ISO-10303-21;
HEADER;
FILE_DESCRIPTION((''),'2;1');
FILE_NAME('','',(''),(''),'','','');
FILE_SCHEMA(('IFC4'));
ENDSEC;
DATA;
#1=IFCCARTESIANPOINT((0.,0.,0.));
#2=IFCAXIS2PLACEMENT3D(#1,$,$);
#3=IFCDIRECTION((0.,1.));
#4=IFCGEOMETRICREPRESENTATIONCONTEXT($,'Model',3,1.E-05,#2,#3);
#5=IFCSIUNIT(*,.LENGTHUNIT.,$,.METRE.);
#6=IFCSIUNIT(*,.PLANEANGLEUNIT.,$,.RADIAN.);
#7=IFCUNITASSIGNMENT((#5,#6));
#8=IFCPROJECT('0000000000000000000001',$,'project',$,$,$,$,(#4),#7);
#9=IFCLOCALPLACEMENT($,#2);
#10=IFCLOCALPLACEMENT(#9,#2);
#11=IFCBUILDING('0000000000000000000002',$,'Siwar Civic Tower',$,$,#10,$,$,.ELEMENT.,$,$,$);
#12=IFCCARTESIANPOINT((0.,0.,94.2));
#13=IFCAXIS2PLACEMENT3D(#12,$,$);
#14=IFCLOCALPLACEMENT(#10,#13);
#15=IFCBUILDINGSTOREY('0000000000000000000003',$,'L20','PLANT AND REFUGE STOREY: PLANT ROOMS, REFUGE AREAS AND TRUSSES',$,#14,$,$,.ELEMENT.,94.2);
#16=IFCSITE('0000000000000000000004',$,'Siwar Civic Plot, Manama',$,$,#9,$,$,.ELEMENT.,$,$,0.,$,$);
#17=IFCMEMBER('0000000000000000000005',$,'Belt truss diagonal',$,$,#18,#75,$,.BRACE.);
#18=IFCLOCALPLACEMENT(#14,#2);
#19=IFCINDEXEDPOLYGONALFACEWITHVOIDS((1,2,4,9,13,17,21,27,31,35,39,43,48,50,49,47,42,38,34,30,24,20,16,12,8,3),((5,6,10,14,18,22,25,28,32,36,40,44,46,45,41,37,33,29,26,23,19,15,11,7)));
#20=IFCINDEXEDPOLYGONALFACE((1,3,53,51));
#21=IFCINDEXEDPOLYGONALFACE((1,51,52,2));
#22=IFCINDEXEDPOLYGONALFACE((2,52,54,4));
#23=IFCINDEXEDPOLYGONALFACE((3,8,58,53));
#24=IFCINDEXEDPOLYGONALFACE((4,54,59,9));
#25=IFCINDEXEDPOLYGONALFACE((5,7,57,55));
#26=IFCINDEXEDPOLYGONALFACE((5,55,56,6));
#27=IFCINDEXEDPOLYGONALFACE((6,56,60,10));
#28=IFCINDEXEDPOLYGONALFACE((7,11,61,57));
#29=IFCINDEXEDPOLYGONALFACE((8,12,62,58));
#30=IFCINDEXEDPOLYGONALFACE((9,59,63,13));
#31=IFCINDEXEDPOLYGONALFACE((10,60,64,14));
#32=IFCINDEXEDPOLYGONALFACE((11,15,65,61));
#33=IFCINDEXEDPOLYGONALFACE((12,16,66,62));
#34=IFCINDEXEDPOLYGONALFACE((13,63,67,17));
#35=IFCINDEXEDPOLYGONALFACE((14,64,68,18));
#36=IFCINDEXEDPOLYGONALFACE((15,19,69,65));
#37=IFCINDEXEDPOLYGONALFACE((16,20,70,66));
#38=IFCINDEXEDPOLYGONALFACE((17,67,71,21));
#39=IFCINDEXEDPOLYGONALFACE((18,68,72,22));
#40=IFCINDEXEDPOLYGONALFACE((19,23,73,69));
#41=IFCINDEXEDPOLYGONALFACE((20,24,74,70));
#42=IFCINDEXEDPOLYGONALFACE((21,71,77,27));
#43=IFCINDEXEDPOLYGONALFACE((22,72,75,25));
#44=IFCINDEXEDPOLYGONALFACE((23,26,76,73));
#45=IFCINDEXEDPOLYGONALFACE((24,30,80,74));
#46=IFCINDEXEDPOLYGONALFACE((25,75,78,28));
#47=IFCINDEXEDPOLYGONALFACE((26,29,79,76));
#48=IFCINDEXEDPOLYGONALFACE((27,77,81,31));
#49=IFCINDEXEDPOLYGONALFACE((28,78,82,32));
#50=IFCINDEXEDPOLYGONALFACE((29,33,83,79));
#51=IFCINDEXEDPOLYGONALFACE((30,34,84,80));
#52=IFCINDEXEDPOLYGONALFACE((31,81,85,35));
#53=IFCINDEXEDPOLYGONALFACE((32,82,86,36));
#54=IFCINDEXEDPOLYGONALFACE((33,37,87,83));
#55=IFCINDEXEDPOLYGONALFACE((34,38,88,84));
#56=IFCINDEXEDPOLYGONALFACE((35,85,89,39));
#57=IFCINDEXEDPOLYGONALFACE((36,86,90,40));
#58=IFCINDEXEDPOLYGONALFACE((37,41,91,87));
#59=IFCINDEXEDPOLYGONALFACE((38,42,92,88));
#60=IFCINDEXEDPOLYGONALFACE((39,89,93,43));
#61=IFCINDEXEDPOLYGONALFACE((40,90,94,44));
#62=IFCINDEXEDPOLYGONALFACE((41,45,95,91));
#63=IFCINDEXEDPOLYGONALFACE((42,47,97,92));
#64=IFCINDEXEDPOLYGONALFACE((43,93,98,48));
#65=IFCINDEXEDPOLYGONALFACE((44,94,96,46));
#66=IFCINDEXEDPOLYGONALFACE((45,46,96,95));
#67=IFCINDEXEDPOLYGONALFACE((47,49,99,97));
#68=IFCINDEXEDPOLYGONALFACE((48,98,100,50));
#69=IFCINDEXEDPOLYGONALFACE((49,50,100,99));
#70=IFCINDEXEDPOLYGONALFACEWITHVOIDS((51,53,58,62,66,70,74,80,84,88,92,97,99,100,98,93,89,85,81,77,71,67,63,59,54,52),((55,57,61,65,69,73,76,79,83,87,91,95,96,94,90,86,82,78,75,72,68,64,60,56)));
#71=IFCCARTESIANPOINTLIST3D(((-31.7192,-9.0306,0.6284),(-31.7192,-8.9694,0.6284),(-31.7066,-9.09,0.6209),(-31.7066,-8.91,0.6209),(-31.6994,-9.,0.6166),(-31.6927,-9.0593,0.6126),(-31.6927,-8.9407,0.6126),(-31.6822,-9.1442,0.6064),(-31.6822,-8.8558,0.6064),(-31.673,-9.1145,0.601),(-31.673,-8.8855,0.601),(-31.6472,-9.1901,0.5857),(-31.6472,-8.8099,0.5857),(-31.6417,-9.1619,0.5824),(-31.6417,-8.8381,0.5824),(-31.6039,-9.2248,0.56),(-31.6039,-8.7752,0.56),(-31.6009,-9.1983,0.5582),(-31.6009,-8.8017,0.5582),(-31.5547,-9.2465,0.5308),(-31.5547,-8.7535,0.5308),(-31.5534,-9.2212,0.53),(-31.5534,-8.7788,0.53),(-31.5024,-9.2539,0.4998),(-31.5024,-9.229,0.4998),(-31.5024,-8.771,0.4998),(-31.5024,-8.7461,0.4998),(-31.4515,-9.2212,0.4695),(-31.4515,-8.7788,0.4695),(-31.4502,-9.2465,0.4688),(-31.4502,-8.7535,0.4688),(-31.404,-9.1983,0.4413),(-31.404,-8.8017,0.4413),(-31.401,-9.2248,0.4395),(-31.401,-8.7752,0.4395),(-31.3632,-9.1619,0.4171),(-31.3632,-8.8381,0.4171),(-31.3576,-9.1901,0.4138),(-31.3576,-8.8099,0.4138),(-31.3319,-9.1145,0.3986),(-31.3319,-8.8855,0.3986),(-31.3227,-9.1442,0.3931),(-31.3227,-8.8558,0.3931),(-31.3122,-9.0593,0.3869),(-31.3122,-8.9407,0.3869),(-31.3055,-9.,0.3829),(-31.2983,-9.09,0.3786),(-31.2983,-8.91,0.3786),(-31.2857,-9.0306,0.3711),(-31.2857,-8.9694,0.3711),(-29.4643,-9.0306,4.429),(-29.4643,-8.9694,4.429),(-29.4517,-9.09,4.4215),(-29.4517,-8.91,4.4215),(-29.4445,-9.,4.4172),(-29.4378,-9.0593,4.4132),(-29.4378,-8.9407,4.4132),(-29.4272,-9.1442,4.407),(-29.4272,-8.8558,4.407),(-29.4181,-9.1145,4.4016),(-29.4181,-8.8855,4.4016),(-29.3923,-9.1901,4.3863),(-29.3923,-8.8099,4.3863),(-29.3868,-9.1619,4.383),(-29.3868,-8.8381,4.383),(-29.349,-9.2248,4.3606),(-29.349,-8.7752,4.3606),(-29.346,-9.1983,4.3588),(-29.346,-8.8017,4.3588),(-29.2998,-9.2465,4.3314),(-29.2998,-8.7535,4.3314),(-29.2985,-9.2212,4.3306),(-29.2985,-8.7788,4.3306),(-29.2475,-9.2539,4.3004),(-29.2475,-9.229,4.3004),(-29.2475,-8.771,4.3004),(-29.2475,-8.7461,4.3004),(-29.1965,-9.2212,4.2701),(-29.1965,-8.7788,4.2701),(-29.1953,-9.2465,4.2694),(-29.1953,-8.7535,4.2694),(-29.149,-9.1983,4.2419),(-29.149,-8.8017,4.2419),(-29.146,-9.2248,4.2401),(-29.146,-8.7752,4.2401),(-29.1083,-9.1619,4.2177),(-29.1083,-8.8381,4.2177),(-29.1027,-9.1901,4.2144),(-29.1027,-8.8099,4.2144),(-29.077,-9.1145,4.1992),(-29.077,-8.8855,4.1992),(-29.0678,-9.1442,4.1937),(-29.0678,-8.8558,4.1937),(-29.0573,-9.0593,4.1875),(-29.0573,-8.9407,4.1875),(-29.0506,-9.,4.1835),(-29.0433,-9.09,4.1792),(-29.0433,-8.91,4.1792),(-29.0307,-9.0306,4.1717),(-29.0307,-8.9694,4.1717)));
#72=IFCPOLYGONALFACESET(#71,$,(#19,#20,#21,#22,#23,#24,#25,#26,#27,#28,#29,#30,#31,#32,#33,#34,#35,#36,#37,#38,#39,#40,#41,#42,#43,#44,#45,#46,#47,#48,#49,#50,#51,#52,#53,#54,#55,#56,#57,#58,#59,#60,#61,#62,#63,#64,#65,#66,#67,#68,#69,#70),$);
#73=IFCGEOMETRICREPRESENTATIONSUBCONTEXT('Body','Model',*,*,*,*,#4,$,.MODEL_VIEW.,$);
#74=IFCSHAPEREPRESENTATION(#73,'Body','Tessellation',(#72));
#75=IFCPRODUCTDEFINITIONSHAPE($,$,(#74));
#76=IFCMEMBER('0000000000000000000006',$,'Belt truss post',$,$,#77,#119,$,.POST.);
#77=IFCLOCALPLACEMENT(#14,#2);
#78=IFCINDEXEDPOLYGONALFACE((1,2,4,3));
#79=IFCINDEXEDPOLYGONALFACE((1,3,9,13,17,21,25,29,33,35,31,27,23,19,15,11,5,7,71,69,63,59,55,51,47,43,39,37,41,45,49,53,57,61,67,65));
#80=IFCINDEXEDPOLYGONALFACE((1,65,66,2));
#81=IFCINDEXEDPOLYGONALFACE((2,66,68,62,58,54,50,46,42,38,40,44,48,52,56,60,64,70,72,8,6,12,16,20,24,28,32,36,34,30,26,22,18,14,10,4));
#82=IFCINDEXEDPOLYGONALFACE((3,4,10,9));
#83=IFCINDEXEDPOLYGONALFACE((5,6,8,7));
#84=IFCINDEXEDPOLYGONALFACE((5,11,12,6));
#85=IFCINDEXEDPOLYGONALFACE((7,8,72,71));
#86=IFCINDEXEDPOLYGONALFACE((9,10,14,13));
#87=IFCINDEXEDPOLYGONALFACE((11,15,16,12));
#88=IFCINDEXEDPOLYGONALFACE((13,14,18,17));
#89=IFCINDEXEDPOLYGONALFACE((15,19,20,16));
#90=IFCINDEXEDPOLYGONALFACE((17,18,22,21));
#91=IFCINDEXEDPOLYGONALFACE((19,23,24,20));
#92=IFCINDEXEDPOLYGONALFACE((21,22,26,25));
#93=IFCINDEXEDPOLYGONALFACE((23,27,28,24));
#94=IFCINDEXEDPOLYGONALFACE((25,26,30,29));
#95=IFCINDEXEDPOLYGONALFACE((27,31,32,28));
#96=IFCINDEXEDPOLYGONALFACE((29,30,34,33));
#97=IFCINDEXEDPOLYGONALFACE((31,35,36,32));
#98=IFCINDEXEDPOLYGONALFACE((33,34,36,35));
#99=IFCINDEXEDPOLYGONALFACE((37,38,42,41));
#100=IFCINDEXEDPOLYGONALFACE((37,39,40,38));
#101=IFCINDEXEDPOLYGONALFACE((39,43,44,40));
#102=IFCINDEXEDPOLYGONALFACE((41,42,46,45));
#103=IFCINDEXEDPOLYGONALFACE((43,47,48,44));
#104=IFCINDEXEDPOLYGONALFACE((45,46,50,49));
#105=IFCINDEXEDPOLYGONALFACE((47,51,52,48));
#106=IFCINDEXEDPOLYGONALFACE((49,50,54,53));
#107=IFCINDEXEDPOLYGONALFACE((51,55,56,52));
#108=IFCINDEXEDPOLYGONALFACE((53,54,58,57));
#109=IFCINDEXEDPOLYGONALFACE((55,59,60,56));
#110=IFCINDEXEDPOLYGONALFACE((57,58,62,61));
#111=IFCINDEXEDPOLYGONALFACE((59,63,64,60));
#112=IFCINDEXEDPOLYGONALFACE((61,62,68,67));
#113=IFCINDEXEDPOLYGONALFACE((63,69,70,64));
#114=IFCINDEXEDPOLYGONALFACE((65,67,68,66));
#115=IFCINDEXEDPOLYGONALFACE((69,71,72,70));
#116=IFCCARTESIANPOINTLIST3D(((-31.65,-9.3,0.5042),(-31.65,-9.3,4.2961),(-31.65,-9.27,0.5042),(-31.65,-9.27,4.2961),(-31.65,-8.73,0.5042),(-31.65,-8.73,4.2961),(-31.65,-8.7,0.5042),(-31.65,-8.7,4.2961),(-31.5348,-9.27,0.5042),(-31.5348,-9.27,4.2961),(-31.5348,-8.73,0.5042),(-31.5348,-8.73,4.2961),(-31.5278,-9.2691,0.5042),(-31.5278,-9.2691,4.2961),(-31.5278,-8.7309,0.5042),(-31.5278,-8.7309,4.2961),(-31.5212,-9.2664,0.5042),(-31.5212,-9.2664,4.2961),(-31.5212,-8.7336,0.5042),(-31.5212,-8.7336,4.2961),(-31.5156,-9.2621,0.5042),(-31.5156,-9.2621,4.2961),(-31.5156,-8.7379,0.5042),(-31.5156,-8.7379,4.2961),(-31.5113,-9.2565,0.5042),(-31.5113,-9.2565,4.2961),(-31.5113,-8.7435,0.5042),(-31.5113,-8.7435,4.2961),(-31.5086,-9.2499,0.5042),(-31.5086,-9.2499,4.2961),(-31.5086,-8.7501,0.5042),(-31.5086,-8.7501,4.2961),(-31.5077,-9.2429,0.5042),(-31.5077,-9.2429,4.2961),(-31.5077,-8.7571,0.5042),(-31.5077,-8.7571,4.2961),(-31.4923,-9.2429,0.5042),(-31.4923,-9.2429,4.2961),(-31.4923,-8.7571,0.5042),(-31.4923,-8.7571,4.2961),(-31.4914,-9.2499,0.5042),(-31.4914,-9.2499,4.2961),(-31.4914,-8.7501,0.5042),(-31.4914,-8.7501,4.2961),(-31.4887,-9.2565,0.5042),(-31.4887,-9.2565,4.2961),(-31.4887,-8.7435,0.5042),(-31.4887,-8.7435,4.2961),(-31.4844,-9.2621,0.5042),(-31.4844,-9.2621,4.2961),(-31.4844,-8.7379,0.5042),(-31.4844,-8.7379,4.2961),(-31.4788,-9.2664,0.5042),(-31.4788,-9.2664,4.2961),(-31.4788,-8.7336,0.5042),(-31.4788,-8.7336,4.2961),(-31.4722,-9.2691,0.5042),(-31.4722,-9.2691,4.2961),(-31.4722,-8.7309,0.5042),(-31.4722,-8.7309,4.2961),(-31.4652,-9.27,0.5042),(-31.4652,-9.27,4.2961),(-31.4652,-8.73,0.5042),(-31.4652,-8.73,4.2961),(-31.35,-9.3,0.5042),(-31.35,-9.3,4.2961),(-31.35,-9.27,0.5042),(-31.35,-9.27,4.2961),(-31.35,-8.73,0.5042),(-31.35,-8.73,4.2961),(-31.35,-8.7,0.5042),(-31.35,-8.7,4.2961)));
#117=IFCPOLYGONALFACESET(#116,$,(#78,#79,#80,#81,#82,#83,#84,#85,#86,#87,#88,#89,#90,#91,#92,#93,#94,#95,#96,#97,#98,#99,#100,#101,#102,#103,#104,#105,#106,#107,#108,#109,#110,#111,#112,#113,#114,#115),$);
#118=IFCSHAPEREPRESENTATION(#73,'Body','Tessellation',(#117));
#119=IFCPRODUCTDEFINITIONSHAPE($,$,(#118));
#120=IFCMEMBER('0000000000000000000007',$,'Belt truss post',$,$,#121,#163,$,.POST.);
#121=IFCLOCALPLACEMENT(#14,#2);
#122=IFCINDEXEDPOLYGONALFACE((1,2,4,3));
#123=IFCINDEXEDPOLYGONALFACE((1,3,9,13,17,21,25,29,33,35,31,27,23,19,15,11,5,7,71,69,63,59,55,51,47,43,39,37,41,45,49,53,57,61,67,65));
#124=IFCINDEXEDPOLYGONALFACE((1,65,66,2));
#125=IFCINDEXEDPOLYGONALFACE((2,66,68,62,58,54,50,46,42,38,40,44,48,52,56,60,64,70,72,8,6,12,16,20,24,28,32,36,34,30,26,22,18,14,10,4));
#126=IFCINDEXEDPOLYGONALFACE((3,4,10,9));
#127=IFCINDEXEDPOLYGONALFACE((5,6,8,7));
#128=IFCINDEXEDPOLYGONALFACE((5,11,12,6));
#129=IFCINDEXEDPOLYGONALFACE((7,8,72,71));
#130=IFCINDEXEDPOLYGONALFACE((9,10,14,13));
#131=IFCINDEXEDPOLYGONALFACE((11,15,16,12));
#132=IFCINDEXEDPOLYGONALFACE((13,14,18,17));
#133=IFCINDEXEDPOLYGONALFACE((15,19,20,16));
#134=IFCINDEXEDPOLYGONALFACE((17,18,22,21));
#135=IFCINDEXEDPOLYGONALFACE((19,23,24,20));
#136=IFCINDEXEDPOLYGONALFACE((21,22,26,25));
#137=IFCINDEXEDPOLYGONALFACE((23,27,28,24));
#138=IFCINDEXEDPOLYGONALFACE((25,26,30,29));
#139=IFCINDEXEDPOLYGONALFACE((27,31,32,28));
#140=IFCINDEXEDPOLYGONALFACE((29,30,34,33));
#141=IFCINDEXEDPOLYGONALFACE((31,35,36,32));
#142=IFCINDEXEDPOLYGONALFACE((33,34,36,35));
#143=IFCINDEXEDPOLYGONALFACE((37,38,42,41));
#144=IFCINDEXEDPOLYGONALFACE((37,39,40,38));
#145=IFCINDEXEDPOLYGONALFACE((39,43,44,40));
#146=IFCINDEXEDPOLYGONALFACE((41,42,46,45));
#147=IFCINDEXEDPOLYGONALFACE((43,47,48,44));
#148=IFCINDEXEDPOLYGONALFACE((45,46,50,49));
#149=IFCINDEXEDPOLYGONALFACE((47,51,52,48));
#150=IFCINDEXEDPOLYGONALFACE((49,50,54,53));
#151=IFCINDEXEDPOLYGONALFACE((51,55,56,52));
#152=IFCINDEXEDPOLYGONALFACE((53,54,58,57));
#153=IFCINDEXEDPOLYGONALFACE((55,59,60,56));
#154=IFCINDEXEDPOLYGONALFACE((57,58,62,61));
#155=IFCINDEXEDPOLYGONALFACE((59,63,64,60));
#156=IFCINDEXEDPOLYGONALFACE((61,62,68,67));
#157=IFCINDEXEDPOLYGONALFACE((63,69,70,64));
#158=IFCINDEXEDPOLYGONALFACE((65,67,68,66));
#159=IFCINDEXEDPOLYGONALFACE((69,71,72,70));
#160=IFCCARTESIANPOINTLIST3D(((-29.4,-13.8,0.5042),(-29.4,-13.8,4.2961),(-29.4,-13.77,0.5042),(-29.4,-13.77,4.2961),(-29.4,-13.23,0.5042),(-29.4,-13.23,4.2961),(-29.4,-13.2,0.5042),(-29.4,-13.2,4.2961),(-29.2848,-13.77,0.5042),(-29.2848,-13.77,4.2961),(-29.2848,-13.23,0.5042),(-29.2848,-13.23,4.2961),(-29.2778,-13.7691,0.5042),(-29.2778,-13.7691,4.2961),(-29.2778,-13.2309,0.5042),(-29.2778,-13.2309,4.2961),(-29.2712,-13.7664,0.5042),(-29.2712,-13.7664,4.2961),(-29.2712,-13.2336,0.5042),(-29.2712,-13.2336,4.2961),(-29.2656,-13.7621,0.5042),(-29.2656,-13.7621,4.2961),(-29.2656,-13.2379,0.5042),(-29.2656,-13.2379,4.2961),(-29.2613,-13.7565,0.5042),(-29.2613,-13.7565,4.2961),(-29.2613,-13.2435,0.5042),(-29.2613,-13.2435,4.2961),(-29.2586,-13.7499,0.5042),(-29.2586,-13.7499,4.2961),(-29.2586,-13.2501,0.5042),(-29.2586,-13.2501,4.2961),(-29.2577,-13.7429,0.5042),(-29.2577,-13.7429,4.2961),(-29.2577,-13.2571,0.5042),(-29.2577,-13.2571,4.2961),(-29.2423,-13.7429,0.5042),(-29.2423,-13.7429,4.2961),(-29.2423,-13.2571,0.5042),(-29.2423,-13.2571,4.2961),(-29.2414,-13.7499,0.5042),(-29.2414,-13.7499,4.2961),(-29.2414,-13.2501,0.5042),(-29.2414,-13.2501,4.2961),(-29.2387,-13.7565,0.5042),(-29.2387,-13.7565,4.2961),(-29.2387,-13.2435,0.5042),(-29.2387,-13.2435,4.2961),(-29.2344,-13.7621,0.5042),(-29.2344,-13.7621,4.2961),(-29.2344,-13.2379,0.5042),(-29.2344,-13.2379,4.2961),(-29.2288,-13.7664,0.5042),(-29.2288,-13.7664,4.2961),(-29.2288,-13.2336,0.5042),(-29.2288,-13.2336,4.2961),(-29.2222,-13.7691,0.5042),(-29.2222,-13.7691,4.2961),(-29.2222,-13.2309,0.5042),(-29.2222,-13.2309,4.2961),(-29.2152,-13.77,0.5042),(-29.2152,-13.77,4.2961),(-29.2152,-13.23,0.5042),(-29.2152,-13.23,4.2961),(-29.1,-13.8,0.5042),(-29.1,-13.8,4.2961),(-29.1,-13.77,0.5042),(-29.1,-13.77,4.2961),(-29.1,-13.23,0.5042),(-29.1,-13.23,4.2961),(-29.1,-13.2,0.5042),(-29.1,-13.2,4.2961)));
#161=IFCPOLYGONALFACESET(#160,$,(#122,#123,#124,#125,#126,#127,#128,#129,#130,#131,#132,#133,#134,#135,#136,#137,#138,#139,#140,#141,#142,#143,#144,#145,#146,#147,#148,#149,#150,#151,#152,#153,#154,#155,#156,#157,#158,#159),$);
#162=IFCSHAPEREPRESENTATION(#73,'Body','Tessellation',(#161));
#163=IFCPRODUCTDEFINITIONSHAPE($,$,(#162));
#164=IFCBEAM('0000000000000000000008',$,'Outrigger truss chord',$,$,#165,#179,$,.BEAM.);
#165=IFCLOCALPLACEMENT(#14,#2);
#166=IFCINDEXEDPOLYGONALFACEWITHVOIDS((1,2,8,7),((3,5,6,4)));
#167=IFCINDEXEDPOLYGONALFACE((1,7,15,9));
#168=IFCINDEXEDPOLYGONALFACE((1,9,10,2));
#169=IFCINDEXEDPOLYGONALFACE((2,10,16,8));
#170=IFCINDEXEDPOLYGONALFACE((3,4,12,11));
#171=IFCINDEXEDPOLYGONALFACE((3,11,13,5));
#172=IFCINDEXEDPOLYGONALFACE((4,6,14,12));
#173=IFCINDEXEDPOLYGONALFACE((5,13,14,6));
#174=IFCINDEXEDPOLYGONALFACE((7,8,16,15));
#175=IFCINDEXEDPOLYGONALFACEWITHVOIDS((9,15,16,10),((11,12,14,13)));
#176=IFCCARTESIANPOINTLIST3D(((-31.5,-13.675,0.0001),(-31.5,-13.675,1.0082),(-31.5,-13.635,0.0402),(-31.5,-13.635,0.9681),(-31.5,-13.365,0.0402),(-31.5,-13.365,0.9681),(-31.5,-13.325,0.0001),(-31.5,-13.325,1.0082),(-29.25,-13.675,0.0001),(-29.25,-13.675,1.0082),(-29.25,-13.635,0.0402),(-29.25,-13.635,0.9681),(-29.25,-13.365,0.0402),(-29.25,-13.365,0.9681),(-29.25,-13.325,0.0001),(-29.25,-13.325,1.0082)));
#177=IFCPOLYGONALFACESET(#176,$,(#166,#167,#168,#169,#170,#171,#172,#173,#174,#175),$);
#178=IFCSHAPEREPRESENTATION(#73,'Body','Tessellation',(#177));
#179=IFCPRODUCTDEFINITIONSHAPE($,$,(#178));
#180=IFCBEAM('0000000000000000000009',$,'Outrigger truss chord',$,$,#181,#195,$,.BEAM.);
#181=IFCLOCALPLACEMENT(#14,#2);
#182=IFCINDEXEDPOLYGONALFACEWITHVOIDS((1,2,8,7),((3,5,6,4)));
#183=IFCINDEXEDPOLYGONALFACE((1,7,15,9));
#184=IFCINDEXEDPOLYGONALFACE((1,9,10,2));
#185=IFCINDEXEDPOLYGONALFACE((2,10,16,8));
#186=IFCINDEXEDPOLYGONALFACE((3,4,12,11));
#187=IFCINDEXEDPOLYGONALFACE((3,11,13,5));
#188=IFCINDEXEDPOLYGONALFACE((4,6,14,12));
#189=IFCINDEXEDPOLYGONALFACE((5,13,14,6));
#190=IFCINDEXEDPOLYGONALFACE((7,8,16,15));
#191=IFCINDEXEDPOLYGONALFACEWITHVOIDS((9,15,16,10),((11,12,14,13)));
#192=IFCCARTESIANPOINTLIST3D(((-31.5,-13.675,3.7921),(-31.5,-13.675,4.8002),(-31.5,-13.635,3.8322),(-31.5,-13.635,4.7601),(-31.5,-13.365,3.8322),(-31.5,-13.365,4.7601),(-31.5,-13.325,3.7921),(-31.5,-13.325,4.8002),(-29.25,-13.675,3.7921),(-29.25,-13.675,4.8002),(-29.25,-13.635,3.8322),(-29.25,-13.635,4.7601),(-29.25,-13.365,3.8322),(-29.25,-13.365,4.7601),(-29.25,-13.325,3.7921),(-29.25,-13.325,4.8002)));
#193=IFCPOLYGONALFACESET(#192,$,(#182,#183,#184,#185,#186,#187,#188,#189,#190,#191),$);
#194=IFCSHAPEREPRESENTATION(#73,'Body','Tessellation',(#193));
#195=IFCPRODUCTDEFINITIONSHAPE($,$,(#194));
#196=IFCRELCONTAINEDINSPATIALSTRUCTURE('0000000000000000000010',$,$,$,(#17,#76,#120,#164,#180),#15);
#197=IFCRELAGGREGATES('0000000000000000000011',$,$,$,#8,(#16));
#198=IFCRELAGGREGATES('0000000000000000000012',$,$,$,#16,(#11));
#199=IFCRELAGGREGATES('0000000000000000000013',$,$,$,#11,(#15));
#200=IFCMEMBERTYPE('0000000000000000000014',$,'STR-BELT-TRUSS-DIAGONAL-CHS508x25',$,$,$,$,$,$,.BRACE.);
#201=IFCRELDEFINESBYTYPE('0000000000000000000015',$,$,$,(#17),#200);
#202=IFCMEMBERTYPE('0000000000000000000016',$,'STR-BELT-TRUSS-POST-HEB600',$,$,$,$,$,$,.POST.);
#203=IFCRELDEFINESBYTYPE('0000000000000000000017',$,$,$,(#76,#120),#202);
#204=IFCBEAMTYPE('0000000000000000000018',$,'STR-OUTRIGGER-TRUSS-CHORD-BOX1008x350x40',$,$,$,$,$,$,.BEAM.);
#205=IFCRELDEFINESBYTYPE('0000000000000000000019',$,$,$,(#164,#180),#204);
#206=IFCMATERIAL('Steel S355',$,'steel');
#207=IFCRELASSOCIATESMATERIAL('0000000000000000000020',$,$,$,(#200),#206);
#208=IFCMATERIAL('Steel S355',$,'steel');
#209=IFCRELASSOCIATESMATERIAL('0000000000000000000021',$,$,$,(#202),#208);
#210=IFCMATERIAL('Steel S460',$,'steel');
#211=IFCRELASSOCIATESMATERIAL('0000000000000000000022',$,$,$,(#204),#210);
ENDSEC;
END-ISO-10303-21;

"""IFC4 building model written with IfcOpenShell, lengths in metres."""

from ifc_helpers import new_model, si_unit, direction, frame, origin, origin_2d, place, context, subcontext, project, spatial, hollow_rectangle, hollow_circle, i_section, extrude, material, material_profile, profile_set, type_object, element, save


model = new_model("IFC4")

# Units and contexts
model_context = context("Model", 3, precision=1e-05, world=origin(), true_north=direction((0.0, 1.0)))
body_context = subcontext(model_context, "Body", "Model", "MODEL_VIEW")
ifc_project = project(units=[si_unit("LENGTHUNIT", "METRE"), si_unit("PLANEANGLEUNIT", "RADIAN")], contexts=[model_context])

# Site, building, storey
site_placement = place(None, origin())
site = spatial("IfcSite", under=ifc_project, at=site_placement, Name="Siwar Civic Plot, Manama", CompositionType="ELEMENT", RefElevation=0.0)
building_placement = place(site_placement, origin())
building = spatial("IfcBuilding", under=site, at=building_placement, Name="Siwar Civic Tower", CompositionType="ELEMENT")
storey_placement = place(building_placement, frame((0.0, 0.0, 94.2)))
storey = spatial("IfcBuildingStorey", under=building, at=storey_placement, Name="L20", Description="PLANT AND REFUGE STOREY: PLANT ROOMS, REFUGE AREAS AND TRUSSES", CompositionType="ELEMENT", Elevation=94.2)

# Members
ifc_material_1 = material(Name="Steel S355", Category="steel")
ifc_material_profile_1 = material_profile(ifc_material_1, hollow_circle(Radius=0.2539, WallThickness=0.0249, at=origin_2d()), Name="CHS508x25")
ifc_profile_set_1 = profile_set([ifc_material_profile_1], Name="Steel S355")
member_type_1 = type_object("IfcMemberType", Name="STR-BELT-TRUSS-DIAGONAL-CHS508x25", PredefinedType="BRACE", material=ifc_profile_set_1)
member_1_placement = place(storey_placement, frame((-31.5024, -9.0, 0.4998), z_axis=(0.510257, 0.0, 0.860022), x_axis=(0.0, 1.0, 0.0)))
element("IfcMember", 1, at=member_1_placement, inside=storey, type_object=member_type_1, Name="Belt truss diagonal", PredefinedType="BRACE", context=body_context, shape_type="SweptSolid", body=[
    extrude(hollow_circle(Radius=0.2539, WallThickness=0.0249, at=origin_2d()), origin(), (0.0, 0.0, 1.0), 4.4192),
])
ifc_material_2 = material(Name="Steel S355", Category="steel")
ifc_material_profile_2 = material_profile(ifc_material_2, i_section(OverallWidth=0.3, OverallDepth=0.6001, WebThickness=0.0154, FlangeThickness=0.03, FilletRadius=0.0271, at=origin_2d()), Name="HEB600")
ifc_profile_set_2 = profile_set([ifc_material_profile_2], Name="Steel S355")
member_type_2 = type_object("IfcMemberType", Name="STR-BELT-TRUSS-POST-HEB600", PredefinedType="POST", material=ifc_profile_set_2)
for number, where, z_axis, x_axis, name in (
    (2, (-31.5, -9.0, 0.5042), (0.0, 0.0, 1.0), (1.0, 0.0, 0.0), "Belt truss post"),
    (3, (-29.25, -13.5, 0.5042), (0.0, 0.0, 1.0), (1.0, 0.0, 0.0), "Belt truss post"),
):
    element("IfcMember", number, at=place(storey_placement, frame(where, z_axis=z_axis, x_axis=x_axis)), inside=storey, type_object=member_type_2, Name=name, PredefinedType="POST", context=body_context, shape_type="SweptSolid", body=[
        extrude(i_section(OverallWidth=0.3, OverallDepth=0.6001, WebThickness=0.0154, FlangeThickness=0.03, FilletRadius=0.0271, at=origin_2d()), origin(), (0.0, 0.0, 1.0), 3.792),
    ])

# Beams
ifc_material_3 = material(Name="Steel S460", Category="steel")
ifc_material_profile_3 = material_profile(ifc_material_3, hollow_rectangle(XDim=0.3501, YDim=1.0081, WallThickness=0.04, at=origin_2d()), Name="BOX1008x350x40")
ifc_profile_set_3 = profile_set([ifc_material_profile_3], Name="Steel S460")
beam_type_1 = type_object("IfcBeamType", Name="STR-OUTRIGGER-TRUSS-CHORD-BOX1008x350x40", PredefinedType="BEAM", material=ifc_profile_set_3)
for number, where, z_axis, x_axis, name in (
    (4, (-31.5, -13.5, 0.5042), (1.0, 0.0, 0.0), (0.0, 1.0, 0.0), "Outrigger truss chord"),
    (5, (-31.5, -13.5, 4.2961), (1.0, 0.0, 0.0), (0.0, 1.0, 0.0), "Outrigger truss chord"),
):
    element("IfcBeam", number, at=place(storey_placement, frame(where, z_axis=z_axis, x_axis=x_axis)), inside=storey, type_object=beam_type_1, Name=name, PredefinedType="BEAM", context=body_context, shape_type="SweptSolid", body=[
        extrude(hollow_rectangle(XDim=0.3501, YDim=1.0081, WallThickness=0.04, at=origin_2d()), origin(), (0.0, 0.0, 1.0), 2.25),
    ])

save(model, "model.ifc")
